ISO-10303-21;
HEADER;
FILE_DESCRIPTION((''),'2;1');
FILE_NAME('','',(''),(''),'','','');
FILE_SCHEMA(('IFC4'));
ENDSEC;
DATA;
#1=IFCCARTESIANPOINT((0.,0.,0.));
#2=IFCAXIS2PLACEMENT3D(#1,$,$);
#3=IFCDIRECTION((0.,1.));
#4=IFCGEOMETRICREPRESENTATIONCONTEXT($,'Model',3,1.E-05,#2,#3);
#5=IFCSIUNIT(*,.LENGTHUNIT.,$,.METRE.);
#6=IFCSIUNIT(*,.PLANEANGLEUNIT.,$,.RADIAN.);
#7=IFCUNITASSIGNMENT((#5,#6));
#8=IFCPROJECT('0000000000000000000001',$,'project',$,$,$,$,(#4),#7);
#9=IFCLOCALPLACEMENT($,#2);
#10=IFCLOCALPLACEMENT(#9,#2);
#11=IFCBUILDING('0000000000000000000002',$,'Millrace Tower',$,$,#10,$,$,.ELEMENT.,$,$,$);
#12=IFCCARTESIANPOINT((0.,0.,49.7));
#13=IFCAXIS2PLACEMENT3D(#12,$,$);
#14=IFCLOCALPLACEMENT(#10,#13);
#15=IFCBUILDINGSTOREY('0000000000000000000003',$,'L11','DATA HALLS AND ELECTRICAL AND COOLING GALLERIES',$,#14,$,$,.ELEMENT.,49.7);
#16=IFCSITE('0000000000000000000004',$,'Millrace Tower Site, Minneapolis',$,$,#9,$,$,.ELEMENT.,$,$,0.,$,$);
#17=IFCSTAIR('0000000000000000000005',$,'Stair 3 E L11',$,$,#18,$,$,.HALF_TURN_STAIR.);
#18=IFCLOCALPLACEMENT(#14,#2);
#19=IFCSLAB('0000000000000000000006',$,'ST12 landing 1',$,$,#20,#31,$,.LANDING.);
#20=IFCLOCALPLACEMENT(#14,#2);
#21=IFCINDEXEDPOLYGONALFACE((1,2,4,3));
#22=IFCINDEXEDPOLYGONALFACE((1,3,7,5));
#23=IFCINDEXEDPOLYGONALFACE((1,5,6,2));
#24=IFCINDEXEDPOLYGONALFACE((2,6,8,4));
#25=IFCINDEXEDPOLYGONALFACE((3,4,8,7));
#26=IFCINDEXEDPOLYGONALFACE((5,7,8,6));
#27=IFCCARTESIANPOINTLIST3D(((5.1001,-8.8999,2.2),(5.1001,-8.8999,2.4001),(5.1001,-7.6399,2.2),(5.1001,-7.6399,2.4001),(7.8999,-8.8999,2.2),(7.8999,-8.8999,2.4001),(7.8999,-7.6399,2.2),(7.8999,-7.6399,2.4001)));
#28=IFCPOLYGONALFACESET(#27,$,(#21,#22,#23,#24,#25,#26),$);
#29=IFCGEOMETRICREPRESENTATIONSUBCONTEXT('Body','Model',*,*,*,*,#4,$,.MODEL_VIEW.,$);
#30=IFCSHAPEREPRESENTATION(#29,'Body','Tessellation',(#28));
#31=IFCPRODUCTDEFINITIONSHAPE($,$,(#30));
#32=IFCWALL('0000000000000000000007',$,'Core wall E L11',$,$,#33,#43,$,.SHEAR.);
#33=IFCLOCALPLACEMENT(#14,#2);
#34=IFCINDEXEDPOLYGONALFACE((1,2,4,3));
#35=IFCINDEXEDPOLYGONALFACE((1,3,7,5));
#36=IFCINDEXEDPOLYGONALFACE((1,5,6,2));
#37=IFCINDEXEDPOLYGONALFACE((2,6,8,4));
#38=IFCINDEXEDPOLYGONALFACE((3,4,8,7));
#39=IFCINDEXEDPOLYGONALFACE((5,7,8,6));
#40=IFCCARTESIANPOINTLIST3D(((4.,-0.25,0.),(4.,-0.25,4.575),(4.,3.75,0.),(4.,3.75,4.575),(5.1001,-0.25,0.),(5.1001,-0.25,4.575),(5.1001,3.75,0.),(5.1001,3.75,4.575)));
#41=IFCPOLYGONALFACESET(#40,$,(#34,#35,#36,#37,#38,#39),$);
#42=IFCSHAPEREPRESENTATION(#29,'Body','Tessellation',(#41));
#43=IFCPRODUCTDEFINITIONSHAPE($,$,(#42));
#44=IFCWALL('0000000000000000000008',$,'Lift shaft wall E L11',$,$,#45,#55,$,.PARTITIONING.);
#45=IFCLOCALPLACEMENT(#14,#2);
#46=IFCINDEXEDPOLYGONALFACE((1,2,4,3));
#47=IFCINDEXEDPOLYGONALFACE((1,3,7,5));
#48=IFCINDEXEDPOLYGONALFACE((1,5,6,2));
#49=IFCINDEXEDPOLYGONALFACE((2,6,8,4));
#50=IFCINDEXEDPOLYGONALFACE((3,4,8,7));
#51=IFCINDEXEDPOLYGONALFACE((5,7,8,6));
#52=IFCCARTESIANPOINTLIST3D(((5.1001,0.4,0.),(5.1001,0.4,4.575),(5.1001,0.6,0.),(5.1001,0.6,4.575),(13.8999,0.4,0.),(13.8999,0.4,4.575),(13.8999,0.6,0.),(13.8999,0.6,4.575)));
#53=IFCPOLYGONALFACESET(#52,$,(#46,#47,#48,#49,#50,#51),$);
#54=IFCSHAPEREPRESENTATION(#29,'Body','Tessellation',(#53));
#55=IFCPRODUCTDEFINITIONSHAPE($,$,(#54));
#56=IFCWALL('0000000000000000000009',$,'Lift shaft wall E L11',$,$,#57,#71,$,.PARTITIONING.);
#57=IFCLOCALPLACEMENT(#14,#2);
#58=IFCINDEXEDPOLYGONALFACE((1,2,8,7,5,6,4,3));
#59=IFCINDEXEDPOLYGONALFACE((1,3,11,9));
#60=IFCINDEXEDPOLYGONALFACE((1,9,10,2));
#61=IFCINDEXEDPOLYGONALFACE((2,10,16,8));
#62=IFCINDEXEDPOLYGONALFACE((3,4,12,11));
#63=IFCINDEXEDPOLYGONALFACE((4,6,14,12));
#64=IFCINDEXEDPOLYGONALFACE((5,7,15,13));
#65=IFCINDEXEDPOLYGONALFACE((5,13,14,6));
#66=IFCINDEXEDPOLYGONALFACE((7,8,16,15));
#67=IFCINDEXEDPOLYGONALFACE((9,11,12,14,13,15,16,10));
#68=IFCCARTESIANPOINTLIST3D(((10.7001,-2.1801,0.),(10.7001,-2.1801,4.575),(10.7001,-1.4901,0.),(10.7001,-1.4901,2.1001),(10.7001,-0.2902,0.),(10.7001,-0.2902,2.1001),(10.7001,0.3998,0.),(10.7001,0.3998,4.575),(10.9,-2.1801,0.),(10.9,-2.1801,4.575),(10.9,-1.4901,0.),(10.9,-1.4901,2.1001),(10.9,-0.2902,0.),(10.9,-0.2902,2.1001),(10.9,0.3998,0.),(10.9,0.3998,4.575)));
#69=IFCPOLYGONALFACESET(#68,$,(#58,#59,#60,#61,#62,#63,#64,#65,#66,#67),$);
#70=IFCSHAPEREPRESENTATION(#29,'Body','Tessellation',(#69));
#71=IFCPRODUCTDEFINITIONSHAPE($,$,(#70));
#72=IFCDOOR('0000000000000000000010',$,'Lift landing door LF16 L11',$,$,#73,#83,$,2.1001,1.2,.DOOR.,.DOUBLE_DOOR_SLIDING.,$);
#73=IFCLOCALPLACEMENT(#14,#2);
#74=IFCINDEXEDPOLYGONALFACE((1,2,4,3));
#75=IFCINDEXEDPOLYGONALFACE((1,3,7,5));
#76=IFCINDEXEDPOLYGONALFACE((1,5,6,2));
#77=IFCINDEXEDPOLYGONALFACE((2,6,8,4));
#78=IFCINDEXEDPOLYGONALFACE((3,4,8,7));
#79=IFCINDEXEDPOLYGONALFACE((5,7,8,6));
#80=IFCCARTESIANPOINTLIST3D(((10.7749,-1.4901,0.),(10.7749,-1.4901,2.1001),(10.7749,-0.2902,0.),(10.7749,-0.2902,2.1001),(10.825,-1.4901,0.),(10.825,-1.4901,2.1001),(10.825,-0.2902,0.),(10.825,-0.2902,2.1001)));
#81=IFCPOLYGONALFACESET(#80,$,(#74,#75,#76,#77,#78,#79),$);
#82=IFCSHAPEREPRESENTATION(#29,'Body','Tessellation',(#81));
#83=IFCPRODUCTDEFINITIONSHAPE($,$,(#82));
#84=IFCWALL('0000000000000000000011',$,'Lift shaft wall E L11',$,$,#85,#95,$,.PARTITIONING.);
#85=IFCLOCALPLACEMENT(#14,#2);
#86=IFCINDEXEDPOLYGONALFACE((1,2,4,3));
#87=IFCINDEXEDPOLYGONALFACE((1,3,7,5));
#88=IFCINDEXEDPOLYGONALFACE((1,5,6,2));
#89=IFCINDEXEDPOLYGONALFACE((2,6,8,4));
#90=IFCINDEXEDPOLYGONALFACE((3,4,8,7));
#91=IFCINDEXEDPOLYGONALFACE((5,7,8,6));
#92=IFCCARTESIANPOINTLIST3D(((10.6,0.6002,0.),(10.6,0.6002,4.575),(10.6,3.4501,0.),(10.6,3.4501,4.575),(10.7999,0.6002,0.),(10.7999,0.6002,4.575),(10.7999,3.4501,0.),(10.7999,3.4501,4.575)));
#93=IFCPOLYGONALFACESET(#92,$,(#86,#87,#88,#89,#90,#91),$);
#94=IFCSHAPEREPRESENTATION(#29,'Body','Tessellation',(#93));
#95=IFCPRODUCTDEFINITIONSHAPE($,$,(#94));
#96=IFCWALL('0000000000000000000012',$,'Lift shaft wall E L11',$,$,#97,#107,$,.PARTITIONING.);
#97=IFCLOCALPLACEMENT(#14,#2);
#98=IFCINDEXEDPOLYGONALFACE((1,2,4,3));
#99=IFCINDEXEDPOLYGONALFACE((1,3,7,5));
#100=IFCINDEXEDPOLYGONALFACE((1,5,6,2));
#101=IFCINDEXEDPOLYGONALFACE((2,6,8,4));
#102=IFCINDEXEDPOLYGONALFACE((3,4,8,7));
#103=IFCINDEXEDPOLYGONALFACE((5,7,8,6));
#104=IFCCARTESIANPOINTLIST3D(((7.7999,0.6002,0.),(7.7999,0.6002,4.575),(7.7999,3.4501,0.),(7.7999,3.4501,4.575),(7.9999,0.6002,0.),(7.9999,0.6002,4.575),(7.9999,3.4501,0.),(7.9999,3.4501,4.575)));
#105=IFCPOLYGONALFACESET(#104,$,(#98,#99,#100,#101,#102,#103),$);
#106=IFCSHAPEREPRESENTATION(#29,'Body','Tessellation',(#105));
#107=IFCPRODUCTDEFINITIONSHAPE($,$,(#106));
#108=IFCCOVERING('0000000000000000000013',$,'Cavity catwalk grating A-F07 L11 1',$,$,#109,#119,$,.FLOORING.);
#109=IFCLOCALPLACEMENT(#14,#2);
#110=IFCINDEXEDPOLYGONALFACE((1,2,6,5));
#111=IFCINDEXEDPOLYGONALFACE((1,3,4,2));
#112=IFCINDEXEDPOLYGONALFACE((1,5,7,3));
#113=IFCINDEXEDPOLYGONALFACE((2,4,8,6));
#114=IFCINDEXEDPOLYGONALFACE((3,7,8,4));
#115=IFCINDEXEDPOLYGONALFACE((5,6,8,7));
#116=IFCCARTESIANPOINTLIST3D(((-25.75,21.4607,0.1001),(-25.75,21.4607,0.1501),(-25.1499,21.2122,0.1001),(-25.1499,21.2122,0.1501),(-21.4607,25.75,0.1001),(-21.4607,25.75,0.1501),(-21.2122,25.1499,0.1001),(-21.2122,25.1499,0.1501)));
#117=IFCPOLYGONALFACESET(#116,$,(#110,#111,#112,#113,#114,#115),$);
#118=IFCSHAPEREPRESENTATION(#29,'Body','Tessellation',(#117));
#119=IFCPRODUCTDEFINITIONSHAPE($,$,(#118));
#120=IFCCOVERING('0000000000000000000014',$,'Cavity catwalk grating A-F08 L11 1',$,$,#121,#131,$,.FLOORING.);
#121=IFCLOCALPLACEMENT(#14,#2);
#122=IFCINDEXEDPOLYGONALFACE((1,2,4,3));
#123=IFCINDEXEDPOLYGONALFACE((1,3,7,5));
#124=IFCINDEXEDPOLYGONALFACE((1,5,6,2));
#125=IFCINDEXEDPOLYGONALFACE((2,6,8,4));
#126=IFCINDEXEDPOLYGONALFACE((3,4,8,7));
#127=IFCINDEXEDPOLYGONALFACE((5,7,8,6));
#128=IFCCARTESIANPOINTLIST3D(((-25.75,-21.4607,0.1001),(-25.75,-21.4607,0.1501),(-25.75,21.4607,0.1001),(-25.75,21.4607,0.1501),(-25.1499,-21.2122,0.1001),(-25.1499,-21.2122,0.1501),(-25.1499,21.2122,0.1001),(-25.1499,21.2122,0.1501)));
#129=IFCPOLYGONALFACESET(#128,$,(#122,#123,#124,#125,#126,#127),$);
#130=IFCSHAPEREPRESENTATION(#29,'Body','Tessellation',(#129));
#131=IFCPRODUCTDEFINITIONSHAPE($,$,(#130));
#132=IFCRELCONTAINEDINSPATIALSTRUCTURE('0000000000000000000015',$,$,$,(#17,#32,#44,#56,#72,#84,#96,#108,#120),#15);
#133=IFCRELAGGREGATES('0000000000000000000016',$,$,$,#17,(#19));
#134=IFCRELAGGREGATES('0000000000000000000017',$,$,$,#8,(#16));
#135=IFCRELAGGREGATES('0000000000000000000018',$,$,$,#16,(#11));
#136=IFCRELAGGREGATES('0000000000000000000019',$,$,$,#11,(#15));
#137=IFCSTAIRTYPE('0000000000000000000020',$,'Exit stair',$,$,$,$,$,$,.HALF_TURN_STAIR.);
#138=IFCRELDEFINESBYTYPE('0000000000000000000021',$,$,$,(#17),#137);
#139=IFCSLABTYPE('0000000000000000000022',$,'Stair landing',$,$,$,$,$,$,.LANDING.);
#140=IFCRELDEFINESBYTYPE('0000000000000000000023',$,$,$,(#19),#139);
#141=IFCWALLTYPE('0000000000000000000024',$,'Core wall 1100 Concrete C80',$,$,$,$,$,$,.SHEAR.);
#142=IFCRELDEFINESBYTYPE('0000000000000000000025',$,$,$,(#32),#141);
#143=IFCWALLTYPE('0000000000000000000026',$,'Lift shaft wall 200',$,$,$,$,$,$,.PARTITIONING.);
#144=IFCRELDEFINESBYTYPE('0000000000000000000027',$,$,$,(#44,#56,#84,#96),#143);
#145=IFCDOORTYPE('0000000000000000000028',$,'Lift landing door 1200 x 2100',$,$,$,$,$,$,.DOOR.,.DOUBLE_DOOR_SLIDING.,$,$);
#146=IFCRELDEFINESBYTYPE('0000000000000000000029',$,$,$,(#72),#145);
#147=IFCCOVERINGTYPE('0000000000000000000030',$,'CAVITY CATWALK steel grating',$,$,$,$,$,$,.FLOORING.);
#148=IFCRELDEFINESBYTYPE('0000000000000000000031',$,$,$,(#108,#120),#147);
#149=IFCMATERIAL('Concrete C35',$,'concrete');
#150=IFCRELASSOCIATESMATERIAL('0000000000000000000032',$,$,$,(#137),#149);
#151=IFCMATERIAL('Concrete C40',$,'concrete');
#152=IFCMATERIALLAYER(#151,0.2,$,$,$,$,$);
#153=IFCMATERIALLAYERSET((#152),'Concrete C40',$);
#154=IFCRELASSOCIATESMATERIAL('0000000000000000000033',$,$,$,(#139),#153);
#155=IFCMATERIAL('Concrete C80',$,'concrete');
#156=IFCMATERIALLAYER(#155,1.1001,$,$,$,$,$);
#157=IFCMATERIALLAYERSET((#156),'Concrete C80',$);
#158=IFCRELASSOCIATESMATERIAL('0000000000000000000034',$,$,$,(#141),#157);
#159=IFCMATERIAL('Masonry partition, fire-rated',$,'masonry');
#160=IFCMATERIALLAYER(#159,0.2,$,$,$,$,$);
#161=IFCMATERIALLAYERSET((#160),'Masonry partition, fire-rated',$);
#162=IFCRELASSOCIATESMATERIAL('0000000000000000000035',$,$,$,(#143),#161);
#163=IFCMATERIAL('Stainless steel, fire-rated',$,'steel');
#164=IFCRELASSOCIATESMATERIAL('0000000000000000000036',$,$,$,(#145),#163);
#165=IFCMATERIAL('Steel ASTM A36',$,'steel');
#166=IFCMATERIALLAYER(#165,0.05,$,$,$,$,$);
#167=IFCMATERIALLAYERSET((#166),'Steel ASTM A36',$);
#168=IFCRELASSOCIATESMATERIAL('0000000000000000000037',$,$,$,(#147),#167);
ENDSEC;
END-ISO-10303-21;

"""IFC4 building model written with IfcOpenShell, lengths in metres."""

from ifc_helpers import new_model, si_unit, direction, frame, frame_2d, origin, place, context, subcontext, project, spatial, polyline, rectangle, outline, extrude, material, layer, layer_set, type_object, element, fill, aggregate, save


model = new_model("IFC4")

# Units and contexts
model_context = context("Model", 3, precision=1e-05, world=origin(), true_north=direction((0.0, 1.0)))
body_context = subcontext(model_context, "Body", "Model", "MODEL_VIEW")
ifc_project = project(units=[si_unit("LENGTHUNIT", "METRE"), si_unit("PLANEANGLEUNIT", "RADIAN")], contexts=[model_context])

# Site, building, storey
site_placement = place(None, origin())
site = spatial("IfcSite", under=ifc_project, at=site_placement, Name="Millrace Tower Site, Minneapolis", CompositionType="ELEMENT", RefElevation=0.0)
building_placement = place(site_placement, origin())
building = spatial("IfcBuilding", under=site, at=building_placement, Name="Millrace Tower", CompositionType="ELEMENT")
storey_placement = place(building_placement, frame((0.0, 0.0, 49.7)))
storey = spatial("IfcBuildingStorey", under=building, at=storey_placement, Name="L11", Description="DATA HALLS AND ELECTRICAL AND COOLING GALLERIES", CompositionType="ELEMENT", Elevation=49.7)

# Shared definitions
placement_1 = place(storey_placement, origin())

# Stair, slab
ifc_material_1 = material(Name="Concrete C35", Category="concrete")
stair_type = type_object("IfcStairType", Name="Exit stair", PredefinedType="HALF_TURN_STAIR", material=ifc_material_1)
ifc_material_2 = material(Name="Concrete C40", Category="concrete")
ifc_layer_1 = layer(ifc_material_2, 0.2)
ifc_layer_set_1 = layer_set([ifc_layer_1], Name="Concrete C40")
slab_type = type_object("IfcSlabType", Name="Stair landing", PredefinedType="LANDING", material=ifc_layer_set_1)
placement_2 = place(storey_placement, frame((0.0, 0.0, 2.2)))
stair_1 = element("IfcStair", 1, at=placement_1, inside=storey, type_object=stair_type, Name="Stair 3 E L11", PredefinedType="HALF_TURN_STAIR")
slab_1 = element("IfcSlab", 2, at=placement_2, type_object=slab_type, Name="ST12 landing 1", PredefinedType="LANDING", context=body_context, shape_type="SweptSolid", body=[
    extrude(outline(polyline([(5.1001, -8.8999), (7.8999, -8.8999), (7.8999, -7.6399), (5.1001, -7.6399), (5.1001, -8.8999)])), origin(), (0.0, 0.0, 1.0), 0.2002),
])
aggregate(stair_1, [slab_1])

# Walls
ifc_material_3 = material(Name="Concrete C80", Category="concrete")
ifc_layer_2 = layer(ifc_material_3, 1.1001)
ifc_layer_set_2 = layer_set([ifc_layer_2], Name="Concrete C80")
wall_type_1 = type_object("IfcWallType", Name="Core wall 1100 Concrete C80", PredefinedType="SHEAR", material=ifc_layer_set_2)
wall_1_placement = place(storey_placement, frame((4.55, 3.75, 0.0), z_axis=(0.0, 0.0, 1.0), x_axis=(0.0, -1.0, 0.0)))
element("IfcWall", 3, at=wall_1_placement, inside=storey, type_object=wall_type_1, Name="Core wall E L11", PredefinedType="SHEAR", context=body_context, shape_type="SweptSolid", body=[
    extrude(rectangle(XDim=4.0, YDim=1.1001, at=frame_2d((2.0, 0.0))), origin(), (0.0, 0.0, 1.0), 4.575),
])
ifc_material_4 = material(Name="Masonry partition, fire-rated", Category="masonry")
ifc_layer_3 = layer(ifc_material_4, 0.2)
ifc_layer_set_3 = layer_set([ifc_layer_3], Name="Masonry partition, fire-rated")
wall_type_2 = type_object("IfcWallType", Name="Lift shaft wall 200", PredefinedType="PARTITIONING", material=ifc_layer_set_3)
wall_2_placement = place(storey_placement, frame((13.8999, 0.5, 0.0), z_axis=(0.0, 0.0, 1.0), x_axis=(-1.0, 0.0, 0.0)))
element("IfcWall", 4, at=wall_2_placement, inside=storey, type_object=wall_type_2, Name="Lift shaft wall E L11", PredefinedType="PARTITIONING", context=body_context, shape_type="SweptSolid", body=[
    extrude(rectangle(XDim=8.7998, YDim=0.2, at=frame_2d((4.3999, 0.0))), origin(), (0.0, 0.0, 1.0), 4.575),
])

# Wall, opening, door
wall_3_placement = place(storey_placement, frame((10.8, 0.3999, 0.0), z_axis=(0.0, 0.0, 1.0), x_axis=(0.0, -1.0, 0.0)))
wall_3 = element("IfcWall", 5, at=wall_3_placement, inside=storey, type_object=wall_type_2, Name="Lift shaft wall E L11", PredefinedType="PARTITIONING", context=body_context, shape_type="SweptSolid", body=[
    extrude(rectangle(XDim=2.5798, YDim=0.2, at=frame_2d((1.29, 0.0))), origin(), (0.0, 0.0, 1.0), 4.575),
])
opening_placement = place(wall_3_placement, frame((0.6899, 0.0, 0.0)))
opening = element("IfcOpeningElement", 6, at=opening_placement, cuts=wall_3, PredefinedType="OPENING", context=body_context, shape_type="SweptSolid", body=[
    extrude(rectangle(XDim=1.2, YDim=2.1001, at=frame_2d((0.6001, 1.05))), frame((0.0, 0.1099, 0.0), z_axis=(0.0, -1.0, 0.0), x_axis=(1.0, 0.0, 0.0)), (0.0, 0.0, 1.0), 0.22),
])
ifc_material_5 = material(Name="Stainless steel, fire-rated", Category="steel")
door_type = type_object("IfcDoorType", Name="Lift landing door 1200 x 2100", OperationType="DOUBLE_DOOR_SLIDING", PredefinedType="DOOR", material=ifc_material_5)
door_placement = place(opening_placement, origin())
door = element("IfcDoor", 7, at=door_placement, inside=storey, type_object=door_type, Name="Lift landing door LF16 L11", OperationType="DOUBLE_DOOR_SLIDING", OverallHeight=2.1001, OverallWidth=1.2, PredefinedType="DOOR", context=body_context, shape_type="SweptSolid", body=[
    extrude(rectangle(XDim=1.2, YDim=2.1001, at=frame_2d((0.6001, 1.05))), frame((0.0, 0.0249, 0.0), z_axis=(0.0, -1.0, 0.0), x_axis=(1.0, 0.0, 0.0)), (0.0, 0.0, 1.0), 0.05),
])
fill(opening, door)

# Walls
for number, where, z_axis, x_axis, name in (
    (8, (10.7, 3.45, 0.0), (0.0, 0.0, 1.0), (0.0, -1.0, 0.0), "Lift shaft wall E L11"),
    (9, (7.8999, 3.45, 0.0), (0.0, 0.0, 1.0), (0.0, -1.0, 0.0), "Lift shaft wall E L11"),
):
    element("IfcWall", number, at=place(storey_placement, frame(where, z_axis=z_axis, x_axis=x_axis)), inside=storey, type_object=wall_type_2, Name=name, PredefinedType="PARTITIONING", context=body_context, shape_type="SweptSolid", body=[
        extrude(rectangle(XDim=2.8499, YDim=0.2, at=frame_2d((1.4248, 0.0))), origin(), (0.0, 0.0, 1.0), 4.575),
    ])

# Coverings
ifc_material_6 = material(Name="Steel ASTM A36", Category="steel")
ifc_layer_4 = layer(ifc_material_6, 0.05)
ifc_layer_set_4 = layer_set([ifc_layer_4], Name="Steel ASTM A36")
covering_type = type_object("IfcCoveringType", Name="CAVITY CATWALK steel grating", PredefinedType="FLOORING", material=ifc_layer_set_4)
placement_3 = place(storey_placement, frame((0.0, 0.0, 0.1001)))
element("IfcCovering", 10, at=placement_3, inside=storey, type_object=covering_type, Name="Cavity catwalk grating A-F07 L11 1", PredefinedType="FLOORING", context=body_context, shape_type="SweptSolid", body=[
    extrude(outline(polyline([(-21.4607, 25.75), (-25.75, 21.4607), (-25.1499, 21.2122), (-21.2122, 25.1499), (-21.4607, 25.75)])), origin(), (0.0, 0.0, 1.0), 0.05),
])
element("IfcCovering", 11, at=placement_3, inside=storey, type_object=covering_type, Name="Cavity catwalk grating A-F08 L11 1", PredefinedType="FLOORING", context=body_context, shape_type="SweptSolid", body=[
    extrude(outline(polyline([(-25.75, 21.4607), (-25.75, -21.4607), (-25.1499, -21.2122), (-25.1499, 21.2122), (-25.75, 21.4607)])), origin(), (0.0, 0.0, 1.0), 0.05),
])

save(model, "model.ifc")
